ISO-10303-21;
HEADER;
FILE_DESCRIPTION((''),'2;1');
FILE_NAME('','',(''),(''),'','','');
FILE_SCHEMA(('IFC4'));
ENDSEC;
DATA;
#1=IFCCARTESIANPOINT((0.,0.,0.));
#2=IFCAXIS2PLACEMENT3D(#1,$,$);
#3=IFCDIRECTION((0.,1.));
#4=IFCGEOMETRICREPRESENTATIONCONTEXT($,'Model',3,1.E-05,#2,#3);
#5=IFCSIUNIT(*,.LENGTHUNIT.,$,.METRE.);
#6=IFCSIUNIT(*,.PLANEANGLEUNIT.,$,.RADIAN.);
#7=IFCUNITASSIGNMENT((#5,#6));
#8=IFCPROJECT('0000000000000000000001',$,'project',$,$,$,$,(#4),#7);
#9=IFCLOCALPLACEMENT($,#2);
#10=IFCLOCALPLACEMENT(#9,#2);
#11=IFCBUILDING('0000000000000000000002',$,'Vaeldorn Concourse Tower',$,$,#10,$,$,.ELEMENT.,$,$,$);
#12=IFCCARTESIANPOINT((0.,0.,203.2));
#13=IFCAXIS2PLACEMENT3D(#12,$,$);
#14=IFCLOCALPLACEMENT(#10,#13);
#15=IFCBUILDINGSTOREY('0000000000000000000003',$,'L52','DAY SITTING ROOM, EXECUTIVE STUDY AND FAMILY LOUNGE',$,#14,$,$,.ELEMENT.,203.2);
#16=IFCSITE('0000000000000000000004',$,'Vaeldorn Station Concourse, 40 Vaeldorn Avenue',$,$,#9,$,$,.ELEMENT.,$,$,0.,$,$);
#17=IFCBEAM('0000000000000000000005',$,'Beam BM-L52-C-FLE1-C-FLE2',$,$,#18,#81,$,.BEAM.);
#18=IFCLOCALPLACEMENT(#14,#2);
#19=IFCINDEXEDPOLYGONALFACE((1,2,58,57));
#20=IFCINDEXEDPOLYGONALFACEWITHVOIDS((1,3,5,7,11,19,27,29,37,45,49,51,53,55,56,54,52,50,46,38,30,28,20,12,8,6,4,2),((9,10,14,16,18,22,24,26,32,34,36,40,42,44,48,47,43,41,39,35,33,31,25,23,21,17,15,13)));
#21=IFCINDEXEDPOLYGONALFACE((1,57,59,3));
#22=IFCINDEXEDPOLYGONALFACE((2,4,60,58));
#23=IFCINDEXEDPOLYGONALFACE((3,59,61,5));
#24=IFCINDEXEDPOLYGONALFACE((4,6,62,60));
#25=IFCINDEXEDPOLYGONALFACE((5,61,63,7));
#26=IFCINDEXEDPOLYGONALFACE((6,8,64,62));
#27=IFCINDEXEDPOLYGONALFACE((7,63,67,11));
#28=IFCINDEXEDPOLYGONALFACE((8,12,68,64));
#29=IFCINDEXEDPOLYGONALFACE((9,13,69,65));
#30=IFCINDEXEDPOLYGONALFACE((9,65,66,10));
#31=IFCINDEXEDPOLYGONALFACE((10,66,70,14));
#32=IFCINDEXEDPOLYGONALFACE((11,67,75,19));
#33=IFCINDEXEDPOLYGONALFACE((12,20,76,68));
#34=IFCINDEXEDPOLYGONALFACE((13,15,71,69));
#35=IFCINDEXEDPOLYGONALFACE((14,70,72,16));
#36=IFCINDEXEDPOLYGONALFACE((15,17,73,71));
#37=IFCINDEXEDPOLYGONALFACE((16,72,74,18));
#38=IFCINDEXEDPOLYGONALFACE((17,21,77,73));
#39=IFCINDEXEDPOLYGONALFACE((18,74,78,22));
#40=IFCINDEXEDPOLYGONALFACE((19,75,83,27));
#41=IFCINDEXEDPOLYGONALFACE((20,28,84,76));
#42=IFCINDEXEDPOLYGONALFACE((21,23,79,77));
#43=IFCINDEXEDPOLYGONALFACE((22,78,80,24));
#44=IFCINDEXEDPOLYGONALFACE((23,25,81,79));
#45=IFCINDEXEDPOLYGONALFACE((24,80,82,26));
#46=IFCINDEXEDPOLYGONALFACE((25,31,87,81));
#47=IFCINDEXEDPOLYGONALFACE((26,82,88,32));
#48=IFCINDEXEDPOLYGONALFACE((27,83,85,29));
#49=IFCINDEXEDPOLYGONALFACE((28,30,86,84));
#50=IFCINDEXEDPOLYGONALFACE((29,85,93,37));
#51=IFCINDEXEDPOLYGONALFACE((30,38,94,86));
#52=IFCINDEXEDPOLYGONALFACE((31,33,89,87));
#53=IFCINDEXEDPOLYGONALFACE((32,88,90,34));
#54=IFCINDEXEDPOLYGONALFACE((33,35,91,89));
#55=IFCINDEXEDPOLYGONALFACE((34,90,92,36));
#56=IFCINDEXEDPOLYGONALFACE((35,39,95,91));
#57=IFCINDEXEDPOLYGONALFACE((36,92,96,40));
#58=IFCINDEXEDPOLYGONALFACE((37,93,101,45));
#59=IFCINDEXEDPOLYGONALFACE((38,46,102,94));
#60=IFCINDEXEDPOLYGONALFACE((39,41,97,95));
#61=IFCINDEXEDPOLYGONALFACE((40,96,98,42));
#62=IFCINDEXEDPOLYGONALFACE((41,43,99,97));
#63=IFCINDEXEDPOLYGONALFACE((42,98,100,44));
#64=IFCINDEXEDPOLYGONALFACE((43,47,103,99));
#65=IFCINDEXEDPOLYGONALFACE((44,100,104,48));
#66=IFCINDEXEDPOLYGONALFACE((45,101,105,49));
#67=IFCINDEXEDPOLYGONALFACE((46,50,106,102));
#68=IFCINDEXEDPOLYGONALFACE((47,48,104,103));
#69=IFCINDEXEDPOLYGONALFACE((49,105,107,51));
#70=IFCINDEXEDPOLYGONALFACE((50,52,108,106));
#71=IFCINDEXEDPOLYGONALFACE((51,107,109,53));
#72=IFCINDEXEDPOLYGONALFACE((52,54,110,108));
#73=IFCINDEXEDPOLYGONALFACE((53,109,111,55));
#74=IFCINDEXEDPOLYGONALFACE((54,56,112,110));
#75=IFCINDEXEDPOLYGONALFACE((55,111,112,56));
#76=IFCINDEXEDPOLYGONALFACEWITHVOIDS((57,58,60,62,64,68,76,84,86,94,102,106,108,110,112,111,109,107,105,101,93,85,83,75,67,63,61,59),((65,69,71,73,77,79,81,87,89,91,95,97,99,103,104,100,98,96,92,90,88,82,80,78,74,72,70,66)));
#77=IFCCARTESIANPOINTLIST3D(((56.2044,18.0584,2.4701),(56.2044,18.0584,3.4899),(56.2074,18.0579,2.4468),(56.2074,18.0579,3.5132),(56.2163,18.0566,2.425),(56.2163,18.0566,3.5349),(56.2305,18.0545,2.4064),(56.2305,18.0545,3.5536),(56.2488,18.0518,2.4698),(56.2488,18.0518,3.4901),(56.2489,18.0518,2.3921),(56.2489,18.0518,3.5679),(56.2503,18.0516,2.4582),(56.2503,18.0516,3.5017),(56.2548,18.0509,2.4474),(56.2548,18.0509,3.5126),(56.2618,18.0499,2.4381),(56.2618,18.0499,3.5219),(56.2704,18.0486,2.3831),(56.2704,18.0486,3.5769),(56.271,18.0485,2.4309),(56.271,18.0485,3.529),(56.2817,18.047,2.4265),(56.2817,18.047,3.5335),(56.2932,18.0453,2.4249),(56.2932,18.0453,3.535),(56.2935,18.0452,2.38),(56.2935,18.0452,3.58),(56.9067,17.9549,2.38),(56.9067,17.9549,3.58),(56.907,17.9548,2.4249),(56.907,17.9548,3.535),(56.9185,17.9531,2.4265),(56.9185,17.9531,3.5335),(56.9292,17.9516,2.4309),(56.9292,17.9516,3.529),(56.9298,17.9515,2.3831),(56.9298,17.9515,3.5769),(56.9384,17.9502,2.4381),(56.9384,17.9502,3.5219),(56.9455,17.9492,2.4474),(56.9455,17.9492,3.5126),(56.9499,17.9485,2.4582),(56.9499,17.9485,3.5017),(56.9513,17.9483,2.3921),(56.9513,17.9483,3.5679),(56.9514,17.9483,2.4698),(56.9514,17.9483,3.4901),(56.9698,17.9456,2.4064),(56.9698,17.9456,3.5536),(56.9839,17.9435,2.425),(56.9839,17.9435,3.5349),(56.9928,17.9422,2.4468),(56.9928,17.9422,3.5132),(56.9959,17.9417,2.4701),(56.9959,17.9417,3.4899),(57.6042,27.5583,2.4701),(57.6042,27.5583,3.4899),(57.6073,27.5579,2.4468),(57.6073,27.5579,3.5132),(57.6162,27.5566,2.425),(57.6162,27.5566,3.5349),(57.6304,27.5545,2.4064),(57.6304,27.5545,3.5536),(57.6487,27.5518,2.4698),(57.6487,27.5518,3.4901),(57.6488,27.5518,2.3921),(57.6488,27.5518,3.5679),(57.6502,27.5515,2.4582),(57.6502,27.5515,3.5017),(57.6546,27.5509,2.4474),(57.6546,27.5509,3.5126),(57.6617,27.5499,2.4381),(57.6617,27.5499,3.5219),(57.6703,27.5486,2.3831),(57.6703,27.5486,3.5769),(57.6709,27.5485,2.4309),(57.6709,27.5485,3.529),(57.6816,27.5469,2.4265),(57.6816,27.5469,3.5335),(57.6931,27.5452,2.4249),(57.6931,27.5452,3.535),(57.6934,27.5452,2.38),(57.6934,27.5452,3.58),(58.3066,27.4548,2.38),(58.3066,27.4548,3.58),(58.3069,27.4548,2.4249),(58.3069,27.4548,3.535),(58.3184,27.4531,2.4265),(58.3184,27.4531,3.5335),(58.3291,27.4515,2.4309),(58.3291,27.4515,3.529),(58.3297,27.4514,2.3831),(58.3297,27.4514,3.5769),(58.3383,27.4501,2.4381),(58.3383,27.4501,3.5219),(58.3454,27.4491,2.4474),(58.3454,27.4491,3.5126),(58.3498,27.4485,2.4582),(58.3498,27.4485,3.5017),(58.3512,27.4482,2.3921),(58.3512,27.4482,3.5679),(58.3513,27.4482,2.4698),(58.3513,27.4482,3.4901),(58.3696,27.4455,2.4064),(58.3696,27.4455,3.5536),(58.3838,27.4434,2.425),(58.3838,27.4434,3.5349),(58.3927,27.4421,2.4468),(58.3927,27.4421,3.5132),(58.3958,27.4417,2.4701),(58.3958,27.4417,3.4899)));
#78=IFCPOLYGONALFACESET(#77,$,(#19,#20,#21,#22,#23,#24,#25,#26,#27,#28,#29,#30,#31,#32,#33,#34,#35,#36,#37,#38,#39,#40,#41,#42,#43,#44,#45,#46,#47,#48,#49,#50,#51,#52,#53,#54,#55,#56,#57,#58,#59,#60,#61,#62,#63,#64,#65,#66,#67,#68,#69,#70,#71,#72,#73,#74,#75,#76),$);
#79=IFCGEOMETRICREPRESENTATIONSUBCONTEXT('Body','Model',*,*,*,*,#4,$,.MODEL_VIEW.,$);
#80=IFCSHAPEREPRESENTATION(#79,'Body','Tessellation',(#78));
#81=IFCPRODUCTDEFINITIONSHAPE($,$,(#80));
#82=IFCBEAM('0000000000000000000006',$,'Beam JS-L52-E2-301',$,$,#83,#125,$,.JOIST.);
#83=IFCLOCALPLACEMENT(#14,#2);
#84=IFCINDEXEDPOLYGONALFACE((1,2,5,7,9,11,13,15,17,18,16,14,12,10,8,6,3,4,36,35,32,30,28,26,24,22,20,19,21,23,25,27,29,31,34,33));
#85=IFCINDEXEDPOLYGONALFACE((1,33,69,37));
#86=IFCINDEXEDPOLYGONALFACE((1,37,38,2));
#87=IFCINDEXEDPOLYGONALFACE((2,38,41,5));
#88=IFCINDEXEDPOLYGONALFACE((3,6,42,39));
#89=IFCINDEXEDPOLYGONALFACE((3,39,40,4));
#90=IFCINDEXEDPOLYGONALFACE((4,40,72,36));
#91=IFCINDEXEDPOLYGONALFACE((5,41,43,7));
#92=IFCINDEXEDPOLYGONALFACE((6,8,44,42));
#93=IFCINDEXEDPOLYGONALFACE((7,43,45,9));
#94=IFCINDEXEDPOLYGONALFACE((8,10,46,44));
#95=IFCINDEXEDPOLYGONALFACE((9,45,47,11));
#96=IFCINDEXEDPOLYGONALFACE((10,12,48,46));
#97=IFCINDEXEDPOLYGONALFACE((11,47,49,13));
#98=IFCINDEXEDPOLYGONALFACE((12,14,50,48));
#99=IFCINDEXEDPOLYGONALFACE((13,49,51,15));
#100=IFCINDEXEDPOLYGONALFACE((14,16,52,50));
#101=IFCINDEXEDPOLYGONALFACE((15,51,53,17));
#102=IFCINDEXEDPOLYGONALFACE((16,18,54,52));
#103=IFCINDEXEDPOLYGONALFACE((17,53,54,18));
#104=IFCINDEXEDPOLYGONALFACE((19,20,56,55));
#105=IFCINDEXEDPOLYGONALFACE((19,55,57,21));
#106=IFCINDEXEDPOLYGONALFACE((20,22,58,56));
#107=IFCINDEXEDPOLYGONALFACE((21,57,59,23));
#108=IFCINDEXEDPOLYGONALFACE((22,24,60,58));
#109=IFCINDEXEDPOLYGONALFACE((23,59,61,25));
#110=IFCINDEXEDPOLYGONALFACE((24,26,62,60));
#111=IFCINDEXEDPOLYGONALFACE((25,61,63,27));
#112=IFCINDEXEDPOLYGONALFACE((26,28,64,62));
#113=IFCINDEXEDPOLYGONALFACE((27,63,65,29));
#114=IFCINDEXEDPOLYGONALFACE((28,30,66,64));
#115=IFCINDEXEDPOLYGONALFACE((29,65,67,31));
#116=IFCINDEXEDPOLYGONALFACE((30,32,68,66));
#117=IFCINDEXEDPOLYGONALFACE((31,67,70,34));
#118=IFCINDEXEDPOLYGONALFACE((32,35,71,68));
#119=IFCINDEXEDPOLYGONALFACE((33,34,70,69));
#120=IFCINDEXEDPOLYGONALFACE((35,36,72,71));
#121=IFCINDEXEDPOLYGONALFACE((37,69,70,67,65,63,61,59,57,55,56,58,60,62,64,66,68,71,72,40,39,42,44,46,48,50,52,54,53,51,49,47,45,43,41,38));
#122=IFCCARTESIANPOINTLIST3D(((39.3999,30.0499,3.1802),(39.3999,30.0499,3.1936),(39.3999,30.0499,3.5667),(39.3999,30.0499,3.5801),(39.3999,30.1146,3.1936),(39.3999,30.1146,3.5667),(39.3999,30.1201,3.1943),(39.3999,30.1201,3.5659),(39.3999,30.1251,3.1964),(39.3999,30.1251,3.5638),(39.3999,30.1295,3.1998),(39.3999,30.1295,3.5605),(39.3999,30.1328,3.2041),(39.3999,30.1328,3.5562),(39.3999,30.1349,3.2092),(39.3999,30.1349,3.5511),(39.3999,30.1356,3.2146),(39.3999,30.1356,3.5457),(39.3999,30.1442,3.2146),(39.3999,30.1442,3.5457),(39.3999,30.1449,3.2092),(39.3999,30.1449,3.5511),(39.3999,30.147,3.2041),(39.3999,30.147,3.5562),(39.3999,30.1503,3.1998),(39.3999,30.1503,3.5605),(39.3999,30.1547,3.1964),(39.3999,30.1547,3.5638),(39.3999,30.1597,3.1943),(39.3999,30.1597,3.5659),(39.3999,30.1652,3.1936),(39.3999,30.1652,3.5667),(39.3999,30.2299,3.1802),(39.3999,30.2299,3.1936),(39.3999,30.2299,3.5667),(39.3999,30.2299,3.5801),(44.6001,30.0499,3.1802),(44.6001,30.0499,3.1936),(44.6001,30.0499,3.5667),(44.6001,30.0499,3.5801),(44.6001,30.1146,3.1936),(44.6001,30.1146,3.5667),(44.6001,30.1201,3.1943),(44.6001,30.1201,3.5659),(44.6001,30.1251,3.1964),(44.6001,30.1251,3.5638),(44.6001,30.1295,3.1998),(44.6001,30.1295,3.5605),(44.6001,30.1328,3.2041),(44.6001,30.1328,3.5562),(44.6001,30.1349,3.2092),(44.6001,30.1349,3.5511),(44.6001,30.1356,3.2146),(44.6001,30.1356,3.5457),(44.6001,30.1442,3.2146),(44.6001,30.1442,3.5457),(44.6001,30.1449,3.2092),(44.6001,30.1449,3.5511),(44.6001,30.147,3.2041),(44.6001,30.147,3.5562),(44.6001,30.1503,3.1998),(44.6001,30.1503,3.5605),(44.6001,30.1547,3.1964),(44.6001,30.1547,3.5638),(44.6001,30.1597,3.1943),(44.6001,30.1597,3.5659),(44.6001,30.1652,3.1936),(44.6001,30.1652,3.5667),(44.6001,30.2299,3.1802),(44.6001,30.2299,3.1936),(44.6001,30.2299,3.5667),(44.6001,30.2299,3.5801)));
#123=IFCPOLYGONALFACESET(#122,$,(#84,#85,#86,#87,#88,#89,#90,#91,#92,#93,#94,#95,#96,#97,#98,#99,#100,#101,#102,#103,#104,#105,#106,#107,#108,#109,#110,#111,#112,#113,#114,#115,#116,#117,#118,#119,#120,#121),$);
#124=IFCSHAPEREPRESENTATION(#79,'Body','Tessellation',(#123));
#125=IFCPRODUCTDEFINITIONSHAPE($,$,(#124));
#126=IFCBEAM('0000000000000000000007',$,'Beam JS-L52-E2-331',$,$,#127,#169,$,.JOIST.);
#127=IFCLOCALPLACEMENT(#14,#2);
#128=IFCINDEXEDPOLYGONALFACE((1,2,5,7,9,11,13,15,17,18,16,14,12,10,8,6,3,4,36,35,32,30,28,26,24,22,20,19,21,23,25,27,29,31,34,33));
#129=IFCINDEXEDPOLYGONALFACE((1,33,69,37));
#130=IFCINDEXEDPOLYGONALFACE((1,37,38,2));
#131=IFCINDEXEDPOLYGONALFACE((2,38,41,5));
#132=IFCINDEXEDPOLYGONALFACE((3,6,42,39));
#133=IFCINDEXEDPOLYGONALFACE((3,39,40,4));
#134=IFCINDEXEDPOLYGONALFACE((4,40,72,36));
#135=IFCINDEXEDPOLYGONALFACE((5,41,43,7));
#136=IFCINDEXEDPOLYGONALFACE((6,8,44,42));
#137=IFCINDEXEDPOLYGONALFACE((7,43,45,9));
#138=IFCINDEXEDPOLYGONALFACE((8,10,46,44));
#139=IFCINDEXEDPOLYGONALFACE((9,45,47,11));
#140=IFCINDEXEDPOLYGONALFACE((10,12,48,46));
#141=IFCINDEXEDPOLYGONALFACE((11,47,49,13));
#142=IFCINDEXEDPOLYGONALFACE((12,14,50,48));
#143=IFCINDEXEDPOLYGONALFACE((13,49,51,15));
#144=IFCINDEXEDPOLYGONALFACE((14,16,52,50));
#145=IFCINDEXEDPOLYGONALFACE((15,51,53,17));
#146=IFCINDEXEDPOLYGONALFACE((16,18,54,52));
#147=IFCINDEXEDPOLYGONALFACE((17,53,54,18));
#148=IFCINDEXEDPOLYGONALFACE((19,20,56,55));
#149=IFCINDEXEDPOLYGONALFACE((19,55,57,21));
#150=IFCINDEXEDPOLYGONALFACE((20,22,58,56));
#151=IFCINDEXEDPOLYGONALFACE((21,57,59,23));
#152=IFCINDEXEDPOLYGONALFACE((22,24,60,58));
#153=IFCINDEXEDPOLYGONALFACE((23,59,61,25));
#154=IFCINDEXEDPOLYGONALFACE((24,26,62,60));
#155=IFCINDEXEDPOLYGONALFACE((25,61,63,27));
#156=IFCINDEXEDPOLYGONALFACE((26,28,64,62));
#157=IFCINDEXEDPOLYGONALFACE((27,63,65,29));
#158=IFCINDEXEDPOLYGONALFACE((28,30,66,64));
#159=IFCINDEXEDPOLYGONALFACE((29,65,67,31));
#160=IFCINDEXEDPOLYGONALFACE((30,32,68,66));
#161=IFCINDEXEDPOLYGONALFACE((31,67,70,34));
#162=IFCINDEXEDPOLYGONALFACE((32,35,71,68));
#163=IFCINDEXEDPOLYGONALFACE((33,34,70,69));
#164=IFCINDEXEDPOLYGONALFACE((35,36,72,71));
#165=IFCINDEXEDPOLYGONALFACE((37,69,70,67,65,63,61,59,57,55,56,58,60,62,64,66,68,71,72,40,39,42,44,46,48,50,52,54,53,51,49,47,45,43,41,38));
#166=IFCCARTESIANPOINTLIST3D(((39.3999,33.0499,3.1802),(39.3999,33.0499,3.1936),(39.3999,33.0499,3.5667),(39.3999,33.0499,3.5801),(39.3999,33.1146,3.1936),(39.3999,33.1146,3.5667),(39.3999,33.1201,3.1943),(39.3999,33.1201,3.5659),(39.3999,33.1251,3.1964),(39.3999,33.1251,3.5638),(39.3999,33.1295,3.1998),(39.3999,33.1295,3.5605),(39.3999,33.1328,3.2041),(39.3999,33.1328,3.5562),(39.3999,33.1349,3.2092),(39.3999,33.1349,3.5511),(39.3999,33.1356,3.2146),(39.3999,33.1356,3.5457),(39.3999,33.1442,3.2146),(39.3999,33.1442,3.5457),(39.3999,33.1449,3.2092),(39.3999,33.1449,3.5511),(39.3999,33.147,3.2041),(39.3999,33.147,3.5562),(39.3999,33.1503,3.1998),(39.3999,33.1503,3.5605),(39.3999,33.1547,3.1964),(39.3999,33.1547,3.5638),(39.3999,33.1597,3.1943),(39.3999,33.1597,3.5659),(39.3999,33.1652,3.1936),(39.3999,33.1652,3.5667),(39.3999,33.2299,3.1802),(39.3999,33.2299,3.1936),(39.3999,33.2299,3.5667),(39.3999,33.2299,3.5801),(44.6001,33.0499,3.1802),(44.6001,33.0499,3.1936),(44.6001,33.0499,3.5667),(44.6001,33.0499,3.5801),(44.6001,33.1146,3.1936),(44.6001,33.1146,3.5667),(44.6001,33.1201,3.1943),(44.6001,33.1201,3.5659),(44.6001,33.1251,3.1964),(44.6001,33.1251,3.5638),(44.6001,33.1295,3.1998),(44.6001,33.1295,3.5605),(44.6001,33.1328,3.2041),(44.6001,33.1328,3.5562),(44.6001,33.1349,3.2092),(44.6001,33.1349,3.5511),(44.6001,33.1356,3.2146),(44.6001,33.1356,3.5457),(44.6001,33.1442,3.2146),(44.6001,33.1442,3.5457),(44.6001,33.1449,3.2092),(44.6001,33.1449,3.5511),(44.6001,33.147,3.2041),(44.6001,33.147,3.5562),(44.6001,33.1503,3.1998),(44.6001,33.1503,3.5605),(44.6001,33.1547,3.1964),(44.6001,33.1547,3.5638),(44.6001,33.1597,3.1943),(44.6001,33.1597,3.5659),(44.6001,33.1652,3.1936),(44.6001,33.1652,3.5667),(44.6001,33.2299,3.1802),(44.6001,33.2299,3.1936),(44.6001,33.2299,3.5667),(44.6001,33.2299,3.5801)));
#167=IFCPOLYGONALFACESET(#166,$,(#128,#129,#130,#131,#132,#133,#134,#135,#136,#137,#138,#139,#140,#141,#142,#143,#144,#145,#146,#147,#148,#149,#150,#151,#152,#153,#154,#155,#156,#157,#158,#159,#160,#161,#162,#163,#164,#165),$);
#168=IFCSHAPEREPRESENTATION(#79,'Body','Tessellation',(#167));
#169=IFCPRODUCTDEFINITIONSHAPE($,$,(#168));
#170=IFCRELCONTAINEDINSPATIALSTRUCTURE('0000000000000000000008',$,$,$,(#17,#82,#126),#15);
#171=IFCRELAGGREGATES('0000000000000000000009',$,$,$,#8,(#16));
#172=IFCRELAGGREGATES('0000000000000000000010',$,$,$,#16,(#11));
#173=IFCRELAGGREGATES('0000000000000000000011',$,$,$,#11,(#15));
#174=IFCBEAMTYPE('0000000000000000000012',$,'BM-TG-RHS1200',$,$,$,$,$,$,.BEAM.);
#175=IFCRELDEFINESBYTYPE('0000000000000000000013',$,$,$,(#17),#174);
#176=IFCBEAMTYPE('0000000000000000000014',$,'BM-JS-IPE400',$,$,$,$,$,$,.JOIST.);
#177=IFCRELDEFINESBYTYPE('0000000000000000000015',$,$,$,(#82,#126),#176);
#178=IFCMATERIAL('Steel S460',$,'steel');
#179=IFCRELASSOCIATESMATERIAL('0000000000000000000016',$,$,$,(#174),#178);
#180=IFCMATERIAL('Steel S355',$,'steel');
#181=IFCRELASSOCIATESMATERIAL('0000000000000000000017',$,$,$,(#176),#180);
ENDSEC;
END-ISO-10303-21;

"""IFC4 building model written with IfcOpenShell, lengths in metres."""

from ifc_helpers import new_model, si_unit, direction, frame, origin, origin_2d, place, context, subcontext, project, spatial, hollow_rectangle, i_section, extrude, source, transform, mapped, material, material_profile, profile_set, type_object, element, save


model = new_model("IFC4")

# Units and contexts
model_context = context("Model", 3, precision=1e-05, world=origin(), true_north=direction((0.0, 1.0)))
body_context = subcontext(model_context, "Body", "Model", "MODEL_VIEW")
ifc_project = project(units=[si_unit("LENGTHUNIT", "METRE"), si_unit("PLANEANGLEUNIT", "RADIAN")], contexts=[model_context])

# Site, building, storey
site_placement = place(None, origin())
site = spatial("IfcSite", under=ifc_project, at=site_placement, Name="Vaeldorn Station Concourse, 40 Vaeldorn Avenue", CompositionType="ELEMENT", RefElevation=0.0)
building_placement = place(site_placement, origin())
building = spatial("IfcBuilding", under=site, at=building_placement, Name="Vaeldorn Concourse Tower", CompositionType="ELEMENT")
storey_placement = place(building_placement, frame((0.0, 0.0, 203.2)))
storey = spatial("IfcBuildingStorey", under=building, at=storey_placement, Name="L52", Description="DAY SITTING ROOM, EXECUTIVE STUDY AND FAMILY LOUNGE", CompositionType="ELEMENT", Elevation=203.2)

# Shared definitions
ifc_material_1 = material(Name="Steel S460", Category="steel")
ifc_material_2 = material(Name="Steel S355", Category="steel")

# Beams
ifc_material_profile_1 = material_profile(ifc_material_1, hollow_rectangle(XDim=0.8, YDim=1.2, WallThickness=0.0449, InnerFilletRadius=0.0449, OuterFilletRadius=0.0901, at=origin_2d()), Name="RHS 1200x800x45")
ifc_profile_set_1 = profile_set([ifc_material_profile_1], Name="Steel S460")
beam_type_1 = type_object("IfcBeamType", Name="BM-TG-RHS1200", PredefinedType="BEAM", material=ifc_profile_set_1)
shared_shape_1 = source(origin(), body_context, "Body", "SweptSolid", [
    extrude(hollow_rectangle(XDim=0.8, YDim=1.2, WallThickness=0.0449, InnerFilletRadius=0.0449, OuterFilletRadius=0.0901, at=origin_2d()), origin(), (0.0, 0.0, 1.0), 9.6025),
])
beam_1_placement = place(storey_placement, frame((58.0, 27.5, 2.98), z_axis=(-0.145784, -0.989316, 0.0), x_axis=(0.989316, -0.145784, 0.0)))
element("IfcBeam", 1, at=beam_1_placement, inside=storey, type_object=beam_type_1, Name="Beam BM-L52-C-FLE1-C-FLE2", PredefinedType="BEAM", context=body_context, shape_type="MappedRepresentation", body=[
    mapped(shared_shape_1, transform((0.0, 0.0, 0.0), scale=1.0)),
])
ifc_material_profile_2 = material_profile(ifc_material_2, i_section(OverallWidth=0.1799, OverallDepth=0.3999, WebThickness=0.0085, FlangeThickness=0.0134, FilletRadius=0.021, at=origin_2d()), Name="IPE 400")
ifc_profile_set_2 = profile_set([ifc_material_profile_2], Name="Steel S355")
beam_type_2 = type_object("IfcBeamType", Name="BM-JS-IPE400", PredefinedType="JOIST", material=ifc_profile_set_2)
shared_shape_2 = source(origin(), body_context, "Body", "SweptSolid", [
    extrude(i_section(OverallWidth=0.1799, OverallDepth=0.3999, WebThickness=0.0085, FlangeThickness=0.0134, FilletRadius=0.021, at=origin_2d()), origin(), (0.0, 0.0, 1.0), 5.2002),
])
for number, where, z_axis, x_axis, name in (
    (2, (39.3999, 30.1399, 3.3801), (1.0, 0.0, 0.0), (0.0, 1.0, 0.0), "Beam JS-L52-E2-301"),
    (3, (39.3999, 33.1399, 3.3801), (1.0, 0.0, 0.0), (0.0, 1.0, 0.0), "Beam JS-L52-E2-331"),
):
    element("IfcBeam", number, at=place(storey_placement, frame(where, z_axis=z_axis, x_axis=x_axis)), inside=storey, type_object=beam_type_2, Name=name, PredefinedType="JOIST", context=body_context, shape_type="MappedRepresentation", body=[
        mapped(shared_shape_2, transform((0.0, 0.0, 0.0), scale=1.0)),
    ])

save(model, "model.ifc")
